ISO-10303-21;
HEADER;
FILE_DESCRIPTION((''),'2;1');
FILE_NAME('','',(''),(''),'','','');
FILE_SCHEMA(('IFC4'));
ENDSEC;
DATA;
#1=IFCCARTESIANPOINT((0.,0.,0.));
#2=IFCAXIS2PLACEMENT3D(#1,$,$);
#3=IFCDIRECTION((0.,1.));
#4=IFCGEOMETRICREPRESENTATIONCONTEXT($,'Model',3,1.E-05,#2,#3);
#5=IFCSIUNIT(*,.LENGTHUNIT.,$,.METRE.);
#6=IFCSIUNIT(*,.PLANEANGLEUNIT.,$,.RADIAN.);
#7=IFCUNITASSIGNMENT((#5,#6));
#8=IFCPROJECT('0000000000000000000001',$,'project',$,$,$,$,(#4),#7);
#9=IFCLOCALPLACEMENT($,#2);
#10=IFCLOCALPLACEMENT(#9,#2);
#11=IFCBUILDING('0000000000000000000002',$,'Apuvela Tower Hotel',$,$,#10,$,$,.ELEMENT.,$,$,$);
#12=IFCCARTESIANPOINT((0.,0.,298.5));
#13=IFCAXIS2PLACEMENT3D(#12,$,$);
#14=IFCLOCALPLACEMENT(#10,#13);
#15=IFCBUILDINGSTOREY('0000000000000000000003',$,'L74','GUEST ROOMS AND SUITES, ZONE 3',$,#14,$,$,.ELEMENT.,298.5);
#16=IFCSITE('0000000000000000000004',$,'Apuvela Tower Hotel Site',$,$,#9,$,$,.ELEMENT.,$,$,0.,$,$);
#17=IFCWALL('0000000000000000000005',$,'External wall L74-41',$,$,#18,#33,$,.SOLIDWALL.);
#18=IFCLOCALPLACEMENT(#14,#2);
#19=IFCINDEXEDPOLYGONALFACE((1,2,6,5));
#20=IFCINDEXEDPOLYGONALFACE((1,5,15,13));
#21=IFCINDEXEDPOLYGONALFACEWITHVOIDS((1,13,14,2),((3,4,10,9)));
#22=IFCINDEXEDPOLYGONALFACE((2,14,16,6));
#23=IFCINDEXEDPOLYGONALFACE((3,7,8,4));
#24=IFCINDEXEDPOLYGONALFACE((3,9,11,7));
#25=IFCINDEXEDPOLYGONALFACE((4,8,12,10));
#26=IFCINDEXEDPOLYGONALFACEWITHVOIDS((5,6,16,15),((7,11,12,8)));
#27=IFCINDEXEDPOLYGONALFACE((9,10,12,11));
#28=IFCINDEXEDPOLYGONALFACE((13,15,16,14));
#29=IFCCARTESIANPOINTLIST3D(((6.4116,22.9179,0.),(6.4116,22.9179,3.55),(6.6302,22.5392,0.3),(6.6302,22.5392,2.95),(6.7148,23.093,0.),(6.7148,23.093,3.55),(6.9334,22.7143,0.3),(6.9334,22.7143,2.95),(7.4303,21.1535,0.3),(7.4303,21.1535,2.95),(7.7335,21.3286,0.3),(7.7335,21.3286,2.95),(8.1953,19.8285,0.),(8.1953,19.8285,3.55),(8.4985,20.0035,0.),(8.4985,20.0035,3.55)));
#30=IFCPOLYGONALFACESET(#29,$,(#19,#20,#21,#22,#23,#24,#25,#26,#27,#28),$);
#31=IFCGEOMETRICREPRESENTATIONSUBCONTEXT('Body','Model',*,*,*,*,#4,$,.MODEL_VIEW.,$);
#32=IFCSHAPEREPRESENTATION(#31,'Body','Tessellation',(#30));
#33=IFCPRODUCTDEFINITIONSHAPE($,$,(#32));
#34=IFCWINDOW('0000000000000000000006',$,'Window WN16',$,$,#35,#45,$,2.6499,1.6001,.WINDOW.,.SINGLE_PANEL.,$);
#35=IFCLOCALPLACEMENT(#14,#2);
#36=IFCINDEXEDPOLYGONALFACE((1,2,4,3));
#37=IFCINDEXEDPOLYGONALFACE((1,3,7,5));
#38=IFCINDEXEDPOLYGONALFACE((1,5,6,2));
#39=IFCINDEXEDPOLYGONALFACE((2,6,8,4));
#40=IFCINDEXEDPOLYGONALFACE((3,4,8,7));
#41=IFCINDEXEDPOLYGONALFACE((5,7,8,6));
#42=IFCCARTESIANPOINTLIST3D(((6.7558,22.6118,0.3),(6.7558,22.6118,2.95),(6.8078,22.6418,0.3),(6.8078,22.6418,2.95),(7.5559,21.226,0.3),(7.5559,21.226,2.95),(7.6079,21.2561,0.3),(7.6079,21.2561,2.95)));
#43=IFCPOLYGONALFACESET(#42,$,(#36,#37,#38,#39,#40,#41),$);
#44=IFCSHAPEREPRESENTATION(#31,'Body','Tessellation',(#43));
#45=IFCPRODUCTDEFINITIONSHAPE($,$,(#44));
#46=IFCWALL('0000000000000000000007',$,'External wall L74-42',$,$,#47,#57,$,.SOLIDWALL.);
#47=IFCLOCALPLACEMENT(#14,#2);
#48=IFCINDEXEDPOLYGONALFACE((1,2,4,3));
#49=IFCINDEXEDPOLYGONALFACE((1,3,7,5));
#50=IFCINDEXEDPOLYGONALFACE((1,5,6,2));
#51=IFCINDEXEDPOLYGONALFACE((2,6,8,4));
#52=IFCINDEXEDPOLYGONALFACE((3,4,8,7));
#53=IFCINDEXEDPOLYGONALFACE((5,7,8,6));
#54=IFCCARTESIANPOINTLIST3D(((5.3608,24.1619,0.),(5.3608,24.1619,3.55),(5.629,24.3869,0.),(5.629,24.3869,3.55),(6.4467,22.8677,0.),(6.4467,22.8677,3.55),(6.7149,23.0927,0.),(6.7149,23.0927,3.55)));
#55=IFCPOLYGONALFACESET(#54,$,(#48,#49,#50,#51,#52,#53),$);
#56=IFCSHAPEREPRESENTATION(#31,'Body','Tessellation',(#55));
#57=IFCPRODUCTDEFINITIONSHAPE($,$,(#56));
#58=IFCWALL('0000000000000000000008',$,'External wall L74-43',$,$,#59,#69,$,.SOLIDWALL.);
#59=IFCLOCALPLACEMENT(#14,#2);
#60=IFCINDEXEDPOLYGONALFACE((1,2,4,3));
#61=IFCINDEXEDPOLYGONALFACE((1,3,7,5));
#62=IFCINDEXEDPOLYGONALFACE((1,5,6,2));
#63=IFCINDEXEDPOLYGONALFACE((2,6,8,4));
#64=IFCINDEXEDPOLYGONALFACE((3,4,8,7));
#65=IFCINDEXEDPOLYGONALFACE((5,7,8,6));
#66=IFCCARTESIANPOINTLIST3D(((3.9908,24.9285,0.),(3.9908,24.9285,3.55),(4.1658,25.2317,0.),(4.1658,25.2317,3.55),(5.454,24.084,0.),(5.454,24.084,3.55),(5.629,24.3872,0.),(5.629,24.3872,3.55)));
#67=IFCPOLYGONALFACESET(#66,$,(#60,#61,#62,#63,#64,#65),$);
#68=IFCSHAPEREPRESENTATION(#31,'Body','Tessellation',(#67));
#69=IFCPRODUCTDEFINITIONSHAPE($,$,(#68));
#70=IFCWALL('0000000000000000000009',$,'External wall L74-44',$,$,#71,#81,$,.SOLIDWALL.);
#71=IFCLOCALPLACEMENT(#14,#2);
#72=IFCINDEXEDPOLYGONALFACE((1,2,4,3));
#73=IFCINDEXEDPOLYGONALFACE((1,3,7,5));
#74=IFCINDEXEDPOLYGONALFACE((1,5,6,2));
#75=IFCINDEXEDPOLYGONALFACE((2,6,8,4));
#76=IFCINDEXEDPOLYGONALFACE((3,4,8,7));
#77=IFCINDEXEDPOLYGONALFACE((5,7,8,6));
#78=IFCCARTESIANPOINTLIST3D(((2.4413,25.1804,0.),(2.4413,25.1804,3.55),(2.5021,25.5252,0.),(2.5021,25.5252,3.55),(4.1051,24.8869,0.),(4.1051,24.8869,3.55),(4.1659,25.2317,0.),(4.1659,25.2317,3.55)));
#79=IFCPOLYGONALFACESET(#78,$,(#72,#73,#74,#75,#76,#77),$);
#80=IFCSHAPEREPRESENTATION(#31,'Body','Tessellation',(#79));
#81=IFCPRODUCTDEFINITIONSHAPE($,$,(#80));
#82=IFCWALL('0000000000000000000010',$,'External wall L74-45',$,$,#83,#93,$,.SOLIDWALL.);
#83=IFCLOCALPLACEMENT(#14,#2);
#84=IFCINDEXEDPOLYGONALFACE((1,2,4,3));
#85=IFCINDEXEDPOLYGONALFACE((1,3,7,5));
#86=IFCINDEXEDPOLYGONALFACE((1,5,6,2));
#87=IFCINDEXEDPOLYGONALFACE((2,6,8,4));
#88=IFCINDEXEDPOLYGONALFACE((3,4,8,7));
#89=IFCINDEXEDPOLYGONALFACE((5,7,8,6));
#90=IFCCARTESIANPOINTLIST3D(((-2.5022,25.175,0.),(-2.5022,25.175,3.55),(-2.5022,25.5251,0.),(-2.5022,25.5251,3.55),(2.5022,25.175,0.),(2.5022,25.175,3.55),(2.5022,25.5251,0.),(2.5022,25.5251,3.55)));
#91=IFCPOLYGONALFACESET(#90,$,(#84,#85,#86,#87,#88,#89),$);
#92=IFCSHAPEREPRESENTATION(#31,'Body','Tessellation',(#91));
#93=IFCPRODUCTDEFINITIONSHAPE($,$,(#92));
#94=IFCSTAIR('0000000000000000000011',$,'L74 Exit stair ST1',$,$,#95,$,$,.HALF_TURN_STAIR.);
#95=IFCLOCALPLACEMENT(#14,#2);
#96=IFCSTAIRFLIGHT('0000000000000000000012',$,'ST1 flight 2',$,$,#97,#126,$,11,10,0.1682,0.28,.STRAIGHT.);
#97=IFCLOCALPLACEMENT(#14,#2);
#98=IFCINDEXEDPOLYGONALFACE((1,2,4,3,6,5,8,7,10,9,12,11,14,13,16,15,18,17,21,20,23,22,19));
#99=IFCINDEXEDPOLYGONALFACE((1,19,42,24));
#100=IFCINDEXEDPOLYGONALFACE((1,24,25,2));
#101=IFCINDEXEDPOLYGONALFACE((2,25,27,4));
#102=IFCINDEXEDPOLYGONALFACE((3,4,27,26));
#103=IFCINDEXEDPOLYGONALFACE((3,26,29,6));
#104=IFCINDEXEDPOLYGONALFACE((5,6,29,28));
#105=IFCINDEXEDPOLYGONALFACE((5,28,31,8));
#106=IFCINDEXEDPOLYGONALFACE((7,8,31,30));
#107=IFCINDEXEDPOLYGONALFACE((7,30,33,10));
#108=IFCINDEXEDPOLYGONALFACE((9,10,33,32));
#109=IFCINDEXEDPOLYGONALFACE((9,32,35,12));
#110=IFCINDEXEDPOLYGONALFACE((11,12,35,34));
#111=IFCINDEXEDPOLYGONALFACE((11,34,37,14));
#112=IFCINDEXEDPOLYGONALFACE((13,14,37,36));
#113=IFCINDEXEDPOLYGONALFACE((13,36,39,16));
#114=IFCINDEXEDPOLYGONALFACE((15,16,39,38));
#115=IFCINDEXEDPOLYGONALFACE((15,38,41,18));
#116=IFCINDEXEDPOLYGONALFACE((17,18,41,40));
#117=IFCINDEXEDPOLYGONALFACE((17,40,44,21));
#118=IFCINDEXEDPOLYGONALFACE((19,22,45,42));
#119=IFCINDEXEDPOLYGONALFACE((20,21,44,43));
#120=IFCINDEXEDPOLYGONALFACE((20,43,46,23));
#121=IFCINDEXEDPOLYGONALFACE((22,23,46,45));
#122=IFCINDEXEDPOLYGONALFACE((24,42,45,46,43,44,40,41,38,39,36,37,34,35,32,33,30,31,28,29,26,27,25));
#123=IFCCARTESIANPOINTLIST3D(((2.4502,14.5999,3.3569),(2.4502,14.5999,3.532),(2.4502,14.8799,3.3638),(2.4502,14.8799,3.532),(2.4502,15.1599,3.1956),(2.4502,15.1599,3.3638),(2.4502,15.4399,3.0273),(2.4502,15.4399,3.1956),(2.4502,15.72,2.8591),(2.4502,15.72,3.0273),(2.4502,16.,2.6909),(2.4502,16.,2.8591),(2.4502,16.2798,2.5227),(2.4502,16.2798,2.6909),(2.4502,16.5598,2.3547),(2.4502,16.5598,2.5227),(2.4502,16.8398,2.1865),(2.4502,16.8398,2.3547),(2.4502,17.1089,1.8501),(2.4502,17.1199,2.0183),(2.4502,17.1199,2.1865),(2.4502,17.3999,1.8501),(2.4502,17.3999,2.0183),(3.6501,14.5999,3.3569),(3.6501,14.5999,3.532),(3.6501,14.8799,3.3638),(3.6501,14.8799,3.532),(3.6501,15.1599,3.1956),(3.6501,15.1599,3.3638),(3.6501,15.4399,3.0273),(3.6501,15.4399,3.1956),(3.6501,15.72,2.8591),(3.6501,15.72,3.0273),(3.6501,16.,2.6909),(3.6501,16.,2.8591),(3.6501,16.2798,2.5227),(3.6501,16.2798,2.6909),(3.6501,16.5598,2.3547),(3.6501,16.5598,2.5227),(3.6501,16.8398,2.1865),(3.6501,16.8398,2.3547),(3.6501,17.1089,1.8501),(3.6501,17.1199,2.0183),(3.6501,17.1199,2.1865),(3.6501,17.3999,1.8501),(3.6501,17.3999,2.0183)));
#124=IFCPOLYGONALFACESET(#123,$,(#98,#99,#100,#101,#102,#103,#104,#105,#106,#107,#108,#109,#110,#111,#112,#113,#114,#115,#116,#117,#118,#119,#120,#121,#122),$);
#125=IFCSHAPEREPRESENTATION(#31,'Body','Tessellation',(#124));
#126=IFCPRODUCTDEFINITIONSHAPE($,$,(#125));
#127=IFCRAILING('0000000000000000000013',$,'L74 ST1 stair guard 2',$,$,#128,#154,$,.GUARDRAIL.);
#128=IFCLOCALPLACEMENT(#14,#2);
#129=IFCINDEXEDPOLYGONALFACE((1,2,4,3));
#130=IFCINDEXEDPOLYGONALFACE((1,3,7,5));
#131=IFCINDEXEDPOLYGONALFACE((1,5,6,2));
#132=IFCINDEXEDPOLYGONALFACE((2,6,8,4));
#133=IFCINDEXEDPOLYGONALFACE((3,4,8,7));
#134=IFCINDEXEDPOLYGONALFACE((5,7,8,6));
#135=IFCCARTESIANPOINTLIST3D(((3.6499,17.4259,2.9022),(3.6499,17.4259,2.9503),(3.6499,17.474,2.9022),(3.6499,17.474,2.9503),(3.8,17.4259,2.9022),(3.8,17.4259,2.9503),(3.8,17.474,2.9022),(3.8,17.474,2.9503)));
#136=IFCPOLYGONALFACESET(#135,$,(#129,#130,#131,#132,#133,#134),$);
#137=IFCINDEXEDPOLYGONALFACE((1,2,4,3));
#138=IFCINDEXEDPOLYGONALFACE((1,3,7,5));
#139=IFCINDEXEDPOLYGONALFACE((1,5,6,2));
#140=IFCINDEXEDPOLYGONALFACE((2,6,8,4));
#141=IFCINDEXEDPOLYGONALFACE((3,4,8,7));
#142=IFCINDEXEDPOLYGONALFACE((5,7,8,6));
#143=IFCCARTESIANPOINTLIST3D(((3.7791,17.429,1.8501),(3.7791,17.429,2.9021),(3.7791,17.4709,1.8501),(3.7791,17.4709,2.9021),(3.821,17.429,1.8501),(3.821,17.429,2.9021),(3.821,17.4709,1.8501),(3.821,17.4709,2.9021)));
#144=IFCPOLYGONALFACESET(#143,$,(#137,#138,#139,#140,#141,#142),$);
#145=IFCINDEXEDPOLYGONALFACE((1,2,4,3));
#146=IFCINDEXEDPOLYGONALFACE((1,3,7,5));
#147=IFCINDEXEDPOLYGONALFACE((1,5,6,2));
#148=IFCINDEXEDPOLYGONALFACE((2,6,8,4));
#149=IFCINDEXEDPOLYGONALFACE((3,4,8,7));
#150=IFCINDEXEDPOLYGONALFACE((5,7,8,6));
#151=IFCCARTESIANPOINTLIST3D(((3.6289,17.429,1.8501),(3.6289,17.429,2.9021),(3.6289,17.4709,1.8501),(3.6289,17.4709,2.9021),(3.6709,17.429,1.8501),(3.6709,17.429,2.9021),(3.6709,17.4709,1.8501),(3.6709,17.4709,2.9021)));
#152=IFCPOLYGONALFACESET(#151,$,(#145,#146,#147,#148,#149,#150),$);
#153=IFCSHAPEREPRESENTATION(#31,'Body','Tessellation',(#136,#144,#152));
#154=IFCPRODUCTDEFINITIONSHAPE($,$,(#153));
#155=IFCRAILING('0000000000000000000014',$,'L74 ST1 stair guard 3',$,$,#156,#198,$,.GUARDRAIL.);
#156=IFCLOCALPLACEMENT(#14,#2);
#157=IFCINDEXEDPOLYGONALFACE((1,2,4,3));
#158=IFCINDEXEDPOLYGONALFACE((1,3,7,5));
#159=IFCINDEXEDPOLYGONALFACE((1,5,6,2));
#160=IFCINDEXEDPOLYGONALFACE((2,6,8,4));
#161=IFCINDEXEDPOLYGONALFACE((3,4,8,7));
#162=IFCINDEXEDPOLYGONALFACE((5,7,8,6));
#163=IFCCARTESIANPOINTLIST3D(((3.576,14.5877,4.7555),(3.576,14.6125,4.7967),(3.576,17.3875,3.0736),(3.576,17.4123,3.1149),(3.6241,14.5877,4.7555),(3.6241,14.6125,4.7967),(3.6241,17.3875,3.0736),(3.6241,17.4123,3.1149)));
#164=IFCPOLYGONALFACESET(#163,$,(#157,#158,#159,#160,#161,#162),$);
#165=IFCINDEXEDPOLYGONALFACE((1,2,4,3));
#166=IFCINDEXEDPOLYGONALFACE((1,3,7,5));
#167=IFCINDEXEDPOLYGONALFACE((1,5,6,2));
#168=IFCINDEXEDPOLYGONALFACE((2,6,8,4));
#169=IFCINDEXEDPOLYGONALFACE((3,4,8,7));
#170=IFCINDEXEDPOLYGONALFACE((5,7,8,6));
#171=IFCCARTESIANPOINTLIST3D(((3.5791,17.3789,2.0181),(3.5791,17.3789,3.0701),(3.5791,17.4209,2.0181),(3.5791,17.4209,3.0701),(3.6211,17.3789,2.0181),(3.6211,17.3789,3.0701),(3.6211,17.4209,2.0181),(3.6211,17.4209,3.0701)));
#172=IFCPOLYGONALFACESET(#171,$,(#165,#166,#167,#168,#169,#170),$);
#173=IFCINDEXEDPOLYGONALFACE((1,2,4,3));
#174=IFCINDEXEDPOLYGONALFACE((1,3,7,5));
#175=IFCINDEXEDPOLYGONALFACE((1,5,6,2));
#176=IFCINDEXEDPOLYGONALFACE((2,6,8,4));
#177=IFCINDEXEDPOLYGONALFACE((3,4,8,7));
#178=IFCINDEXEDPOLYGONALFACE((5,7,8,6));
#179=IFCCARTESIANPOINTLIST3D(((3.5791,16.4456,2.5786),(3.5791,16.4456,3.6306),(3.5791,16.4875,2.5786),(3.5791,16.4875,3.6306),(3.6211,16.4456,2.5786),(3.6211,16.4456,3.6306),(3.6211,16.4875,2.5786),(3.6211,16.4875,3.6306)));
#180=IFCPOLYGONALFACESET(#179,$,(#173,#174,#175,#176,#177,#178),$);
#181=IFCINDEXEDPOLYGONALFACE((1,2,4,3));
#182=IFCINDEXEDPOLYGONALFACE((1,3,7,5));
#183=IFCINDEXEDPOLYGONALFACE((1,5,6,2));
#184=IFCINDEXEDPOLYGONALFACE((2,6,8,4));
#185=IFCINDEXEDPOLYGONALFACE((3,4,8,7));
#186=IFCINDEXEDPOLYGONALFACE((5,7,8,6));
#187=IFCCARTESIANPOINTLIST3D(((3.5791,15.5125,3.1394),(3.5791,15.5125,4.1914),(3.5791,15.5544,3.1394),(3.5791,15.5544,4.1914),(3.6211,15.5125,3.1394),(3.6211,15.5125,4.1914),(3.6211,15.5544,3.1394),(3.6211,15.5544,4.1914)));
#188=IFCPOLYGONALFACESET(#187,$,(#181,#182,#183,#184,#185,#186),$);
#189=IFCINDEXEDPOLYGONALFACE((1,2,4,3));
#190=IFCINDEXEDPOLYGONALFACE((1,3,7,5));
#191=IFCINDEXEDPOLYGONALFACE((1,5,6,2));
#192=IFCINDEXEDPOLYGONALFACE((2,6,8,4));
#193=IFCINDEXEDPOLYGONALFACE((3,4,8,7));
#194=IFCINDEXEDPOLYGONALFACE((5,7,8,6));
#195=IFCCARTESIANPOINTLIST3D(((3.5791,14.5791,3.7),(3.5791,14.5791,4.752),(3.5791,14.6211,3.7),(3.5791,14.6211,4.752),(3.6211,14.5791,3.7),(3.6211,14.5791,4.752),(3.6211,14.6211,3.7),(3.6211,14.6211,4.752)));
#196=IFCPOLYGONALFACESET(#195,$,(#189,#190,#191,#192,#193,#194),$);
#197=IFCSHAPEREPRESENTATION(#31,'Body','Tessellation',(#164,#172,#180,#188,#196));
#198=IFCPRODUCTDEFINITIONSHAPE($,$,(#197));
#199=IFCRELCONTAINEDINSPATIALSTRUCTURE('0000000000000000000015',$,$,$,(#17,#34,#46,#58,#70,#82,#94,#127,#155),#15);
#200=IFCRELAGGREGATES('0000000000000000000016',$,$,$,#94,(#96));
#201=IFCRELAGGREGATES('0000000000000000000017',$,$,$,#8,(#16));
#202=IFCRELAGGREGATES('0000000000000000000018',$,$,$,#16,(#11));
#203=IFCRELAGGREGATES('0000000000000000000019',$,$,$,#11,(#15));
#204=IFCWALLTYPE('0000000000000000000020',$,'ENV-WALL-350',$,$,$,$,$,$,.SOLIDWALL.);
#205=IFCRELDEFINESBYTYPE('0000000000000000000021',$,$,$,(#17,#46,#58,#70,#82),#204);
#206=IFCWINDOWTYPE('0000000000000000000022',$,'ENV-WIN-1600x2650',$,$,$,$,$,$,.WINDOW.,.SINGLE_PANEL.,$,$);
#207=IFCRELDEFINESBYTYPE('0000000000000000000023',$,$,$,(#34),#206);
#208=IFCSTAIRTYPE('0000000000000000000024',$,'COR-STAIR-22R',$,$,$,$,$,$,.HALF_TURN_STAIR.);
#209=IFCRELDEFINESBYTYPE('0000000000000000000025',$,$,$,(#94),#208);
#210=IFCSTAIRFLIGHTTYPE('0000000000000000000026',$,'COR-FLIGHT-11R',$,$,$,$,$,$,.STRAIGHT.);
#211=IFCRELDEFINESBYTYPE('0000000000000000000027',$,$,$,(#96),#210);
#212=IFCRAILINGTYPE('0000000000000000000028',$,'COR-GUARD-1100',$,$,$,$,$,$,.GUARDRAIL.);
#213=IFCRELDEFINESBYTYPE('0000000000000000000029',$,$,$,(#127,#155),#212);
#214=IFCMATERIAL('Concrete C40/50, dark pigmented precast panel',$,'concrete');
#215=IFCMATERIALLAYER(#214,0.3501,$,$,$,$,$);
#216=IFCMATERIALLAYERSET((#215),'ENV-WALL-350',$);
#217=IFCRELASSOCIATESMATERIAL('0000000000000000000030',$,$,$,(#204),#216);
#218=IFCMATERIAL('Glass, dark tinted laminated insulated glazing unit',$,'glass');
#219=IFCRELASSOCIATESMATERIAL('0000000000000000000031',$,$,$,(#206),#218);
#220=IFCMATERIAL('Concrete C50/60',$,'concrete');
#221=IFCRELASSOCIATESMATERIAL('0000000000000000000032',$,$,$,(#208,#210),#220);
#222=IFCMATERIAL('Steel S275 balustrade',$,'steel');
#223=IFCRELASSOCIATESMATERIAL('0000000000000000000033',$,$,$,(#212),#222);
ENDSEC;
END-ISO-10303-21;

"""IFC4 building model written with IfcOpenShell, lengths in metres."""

from ifc_helpers import new_model, si_unit, direction, frame, frame_2d, origin, origin_2d, place, context, subcontext, project, spatial, polyline, rectangle, outline, extrude, material, layer, layer_set, type_object, element, fill, aggregate, save


model = new_model("IFC4")

# Units and contexts
model_context = context("Model", 3, precision=1e-05, world=origin(), true_north=direction((0.0, 1.0)))
body_context = subcontext(model_context, "Body", "Model", "MODEL_VIEW")
ifc_project = project(units=[si_unit("LENGTHUNIT", "METRE"), si_unit("PLANEANGLEUNIT", "RADIAN")], contexts=[model_context])

# Site, building, storey
site_placement = place(None, origin())
site = spatial("IfcSite", under=ifc_project, at=site_placement, Name="Apuvela Tower Hotel Site", CompositionType="ELEMENT", RefElevation=0.0)
building_placement = place(site_placement, origin())
building = spatial("IfcBuilding", under=site, at=building_placement, Name="Apuvela Tower Hotel", CompositionType="ELEMENT")
storey_placement = place(building_placement, frame((0.0, 0.0, 298.5)))
storey = spatial("IfcBuildingStorey", under=building, at=storey_placement, Name="L74", Description="GUEST ROOMS AND SUITES, ZONE 3", CompositionType="ELEMENT", Elevation=298.5)

# Shared definitions
ifc_material_1 = material(Name="Concrete C50/60", Category="concrete")
ifc_material_2 = material(Name="Concrete C40/50, dark pigmented precast panel", Category="concrete")
ifc_layer_1 = layer(ifc_material_2, 0.3501)
ifc_layer_set_1 = layer_set([ifc_layer_1], Name="ENV-WALL-350")
wall_type_1 = type_object("IfcWallType", Name="ENV-WALL-350", PredefinedType="SOLIDWALL", material=ifc_layer_set_1)

# Wall, opening, window
wall_1_placement = place(storey_placement, frame((8.3469, 19.916, 0.0), z_axis=(0.0, 0.0, 1.0), x_axis=(-0.500011, 0.866019, 0.0)))
wall_1 = element("IfcWall", 1, at=wall_1_placement, inside=storey, type_object=wall_type_1, Name="External wall L74-41", PredefinedType="SOLIDWALL", context=body_context, shape_type="SweptSolid", body=[
    extrude(rectangle(XDim=3.5674, YDim=0.3501, at=frame_2d((1.7837, 0.0))), origin(), (0.0, 0.0, 1.0), 3.55),
])
opening_1_placement = place(wall_1_placement, frame((1.53, 0.0, 0.3)))
opening_1 = element("IfcOpeningElement", 2, at=opening_1_placement, cuts=wall_1, PredefinedType="OPENING", context=body_context, shape_type="SweptSolid", body=[
    extrude(rectangle(XDim=1.6001, YDim=2.6499, at=frame_2d((0.8, 1.325))), frame((0.0, 0.1851, 0.0), z_axis=(0.0, -1.0, 0.0), x_axis=(1.0, 0.0, 0.0)), (0.0, 0.0, 1.0), 0.3701),
])
ifc_material_3 = material(Name="Glass, dark tinted laminated insulated glazing unit", Category="glass")
window_type = type_object("IfcWindowType", Name="ENV-WIN-1600x2650", PartitioningType="SINGLE_PANEL", PredefinedType="WINDOW", material=ifc_material_3)
window_placement = place(opening_1_placement, origin())
window = element("IfcWindow", 3, at=window_placement, inside=storey, type_object=window_type, Name="Window WN16", OverallHeight=2.6499, OverallWidth=1.6001, PartitioningType="SINGLE_PANEL", PredefinedType="WINDOW", context=body_context, shape_type="SweptSolid", body=[
    extrude(rectangle(XDim=1.6001, YDim=2.6499, at=frame_2d((0.8, 1.325))), frame((0.0, 0.03, 0.0), z_axis=(0.0, -1.0, 0.0), x_axis=(1.0, 0.0, 0.0)), (0.0, 0.0, 1.0), 0.0601),
])
fill(opening_1, window)

# Walls
for number, where, z_axis, x_axis, name in (
    (4, (6.5808, 22.9802, 0.0), (0.0, 0.0, 1.0), (-0.642782, 0.766049, 0.0), "External wall L74-42"),
    (5, (5.5415, 24.2356, 0.0), (0.0, 0.0, 1.0), (-0.866092, 0.499885, 0.0), "External wall L74-43"),
    (6, (4.1355, 25.0593, 0.0), (0.0, 0.0, 1.0), (-0.9848, 0.173695, 0.0), "External wall L74-44"),
):
    element("IfcWall", number, at=place(storey_placement, frame(where, z_axis=z_axis, x_axis=x_axis)), inside=storey, type_object=wall_type_1, Name=name, PredefinedType="SOLIDWALL", context=body_context, shape_type="SweptSolid", body=[
        extrude(rectangle(XDim=1.6895, YDim=0.3501, at=frame_2d((0.8447, 0.0))), origin(), (0.0, 0.0, 1.0), 3.55),
    ])
wall_2_placement = place(storey_placement, frame((2.5022, 25.3501, 0.0), z_axis=(0.0, 0.0, 1.0), x_axis=(-1.0, 0.0, 0.0)))
element("IfcWall", 7, at=wall_2_placement, inside=storey, type_object=wall_type_1, Name="External wall L74-45", PredefinedType="SOLIDWALL", context=body_context, shape_type="SweptSolid", body=[
    extrude(rectangle(XDim=5.0044, YDim=0.3501, at=frame_2d((2.5022, 0.0))), origin(), (0.0, 0.0, 1.0), 3.55),
])

# Stair, stair flight
stair_type = type_object("IfcStairType", Name="COR-STAIR-22R", PredefinedType="HALF_TURN_STAIR", material=ifc_material_1)
stair_placement = place(storey_placement, origin())
stair = element("IfcStair", 8, at=stair_placement, inside=storey, type_object=stair_type, Name="L74 Exit stair ST1", PredefinedType="HALF_TURN_STAIR")
stair_flight_type = type_object("IfcStairFlightType", Name="COR-FLIGHT-11R", PredefinedType="STRAIGHT", material=ifc_material_1)
stair_flight_placement = place(storey_placement, frame((3.05, 17.3999, 1.8501), z_axis=(0.0, 0.0, 1.0), x_axis=(0.0, -1.0, 0.0)))
stair_flight = element("IfcStairFlight", 9, at=stair_flight_placement, type_object=stair_flight_type, Name="ST1 flight 2", NumberOfRisers=11, NumberOfTreads=10, PredefinedType="STRAIGHT", RiserHeight=0.1682, TreadLength=0.28, context=body_context, shape_type="SweptSolid", body=[
    extrude(outline(polyline([(0.0, 0.0), (0.0, 0.1682), (0.28, 0.1682), (0.28, 0.3364), (0.5601, 0.3364), (0.5601, 0.5046), (0.8401, 0.5046), (0.8401, 0.6726), (1.1201, 0.6726), (1.1201, 0.8408), (1.3999, 0.8408), (1.3999, 1.009), (1.6799, 1.009), (1.6799, 1.1772), (1.96, 1.1772), (1.96, 1.3455), (2.24, 1.3455), (2.24, 1.5137), (2.52, 1.5137), (2.52, 1.6819), (2.8, 1.6819), (2.8, 1.8501), (2.8, 1.5068), (0.291, 0.0), (0.0, 0.0)])), frame((0.0, 0.6001, 0.0), z_axis=(0.0, -1.0, 0.0), x_axis=(1.0, 0.0, 0.0)), (0.0, 0.0, 1.0), 1.2),
])
aggregate(stair, [stair_flight])

# Railings
ifc_material_4 = material(Name="Steel S275 balustrade", Category="steel")
railing_type = type_object("IfcRailingType", Name="COR-GUARD-1100", PredefinedType="GUARDRAIL", material=ifc_material_4)
railing_1_placement = place(storey_placement, frame((3.8, 17.45, 1.8501)))
element("IfcRailing", 10, at=railing_1_placement, inside=storey, type_object=railing_type, Name="L74 ST1 stair guard 2", PredefinedType="GUARDRAIL", context=body_context, shape_type="SweptSolid", body=[
    extrude(rectangle(XDim=0.0481, YDim=0.0481, at=origin_2d()), frame((0.0, 0.0, 1.0762), z_axis=(-1.0, 0.0, 0.0), x_axis=(0.0, -1.0, 0.0)), (0.0, 0.0, 1.0), 0.1501),
    extrude(rectangle(XDim=0.042, YDim=0.042, at=origin_2d()), origin(), (0.0, 0.0, 1.0), 1.052),
    extrude(rectangle(XDim=0.042, YDim=0.042, at=origin_2d()), frame((-0.1501, 0.0, 0.0)), (0.0, 0.0, 1.0), 1.052),
])
railing_2_placement = place(storey_placement, frame((3.6001, 17.3999, 2.0181)))
element("IfcRailing", 11, at=railing_2_placement, inside=storey, type_object=railing_type, Name="L74 ST1 stair guard 3", PredefinedType="GUARDRAIL", context=body_context, shape_type="SweptSolid", body=[
    extrude(rectangle(XDim=0.0481, YDim=0.0481, at=origin_2d()), frame((0.0, 0.0, 1.0762), z_axis=(0.0, -0.857222, 0.514946), x_axis=(1.0, 0.0, 0.0)), (0.0, 0.0, 1.0), 3.2661),
    extrude(rectangle(XDim=0.042, YDim=0.042, at=origin_2d()), origin(), (0.0, 0.0, 1.0), 1.052),
    extrude(rectangle(XDim=0.042, YDim=0.042, at=origin_2d()), frame((0.0, -0.9333, 0.5605)), (0.0, 0.0, 1.0), 1.052),
    extrude(rectangle(XDim=0.042, YDim=0.042, at=origin_2d()), frame((0.0, -1.8665, 1.1213)), (0.0, 0.0, 1.0), 1.052),
    extrude(rectangle(XDim=0.042, YDim=0.042, at=origin_2d()), frame((0.0, -2.7998, 1.6819)), (0.0, 0.0, 1.0), 1.052),
])

save(model, "model.ifc")
